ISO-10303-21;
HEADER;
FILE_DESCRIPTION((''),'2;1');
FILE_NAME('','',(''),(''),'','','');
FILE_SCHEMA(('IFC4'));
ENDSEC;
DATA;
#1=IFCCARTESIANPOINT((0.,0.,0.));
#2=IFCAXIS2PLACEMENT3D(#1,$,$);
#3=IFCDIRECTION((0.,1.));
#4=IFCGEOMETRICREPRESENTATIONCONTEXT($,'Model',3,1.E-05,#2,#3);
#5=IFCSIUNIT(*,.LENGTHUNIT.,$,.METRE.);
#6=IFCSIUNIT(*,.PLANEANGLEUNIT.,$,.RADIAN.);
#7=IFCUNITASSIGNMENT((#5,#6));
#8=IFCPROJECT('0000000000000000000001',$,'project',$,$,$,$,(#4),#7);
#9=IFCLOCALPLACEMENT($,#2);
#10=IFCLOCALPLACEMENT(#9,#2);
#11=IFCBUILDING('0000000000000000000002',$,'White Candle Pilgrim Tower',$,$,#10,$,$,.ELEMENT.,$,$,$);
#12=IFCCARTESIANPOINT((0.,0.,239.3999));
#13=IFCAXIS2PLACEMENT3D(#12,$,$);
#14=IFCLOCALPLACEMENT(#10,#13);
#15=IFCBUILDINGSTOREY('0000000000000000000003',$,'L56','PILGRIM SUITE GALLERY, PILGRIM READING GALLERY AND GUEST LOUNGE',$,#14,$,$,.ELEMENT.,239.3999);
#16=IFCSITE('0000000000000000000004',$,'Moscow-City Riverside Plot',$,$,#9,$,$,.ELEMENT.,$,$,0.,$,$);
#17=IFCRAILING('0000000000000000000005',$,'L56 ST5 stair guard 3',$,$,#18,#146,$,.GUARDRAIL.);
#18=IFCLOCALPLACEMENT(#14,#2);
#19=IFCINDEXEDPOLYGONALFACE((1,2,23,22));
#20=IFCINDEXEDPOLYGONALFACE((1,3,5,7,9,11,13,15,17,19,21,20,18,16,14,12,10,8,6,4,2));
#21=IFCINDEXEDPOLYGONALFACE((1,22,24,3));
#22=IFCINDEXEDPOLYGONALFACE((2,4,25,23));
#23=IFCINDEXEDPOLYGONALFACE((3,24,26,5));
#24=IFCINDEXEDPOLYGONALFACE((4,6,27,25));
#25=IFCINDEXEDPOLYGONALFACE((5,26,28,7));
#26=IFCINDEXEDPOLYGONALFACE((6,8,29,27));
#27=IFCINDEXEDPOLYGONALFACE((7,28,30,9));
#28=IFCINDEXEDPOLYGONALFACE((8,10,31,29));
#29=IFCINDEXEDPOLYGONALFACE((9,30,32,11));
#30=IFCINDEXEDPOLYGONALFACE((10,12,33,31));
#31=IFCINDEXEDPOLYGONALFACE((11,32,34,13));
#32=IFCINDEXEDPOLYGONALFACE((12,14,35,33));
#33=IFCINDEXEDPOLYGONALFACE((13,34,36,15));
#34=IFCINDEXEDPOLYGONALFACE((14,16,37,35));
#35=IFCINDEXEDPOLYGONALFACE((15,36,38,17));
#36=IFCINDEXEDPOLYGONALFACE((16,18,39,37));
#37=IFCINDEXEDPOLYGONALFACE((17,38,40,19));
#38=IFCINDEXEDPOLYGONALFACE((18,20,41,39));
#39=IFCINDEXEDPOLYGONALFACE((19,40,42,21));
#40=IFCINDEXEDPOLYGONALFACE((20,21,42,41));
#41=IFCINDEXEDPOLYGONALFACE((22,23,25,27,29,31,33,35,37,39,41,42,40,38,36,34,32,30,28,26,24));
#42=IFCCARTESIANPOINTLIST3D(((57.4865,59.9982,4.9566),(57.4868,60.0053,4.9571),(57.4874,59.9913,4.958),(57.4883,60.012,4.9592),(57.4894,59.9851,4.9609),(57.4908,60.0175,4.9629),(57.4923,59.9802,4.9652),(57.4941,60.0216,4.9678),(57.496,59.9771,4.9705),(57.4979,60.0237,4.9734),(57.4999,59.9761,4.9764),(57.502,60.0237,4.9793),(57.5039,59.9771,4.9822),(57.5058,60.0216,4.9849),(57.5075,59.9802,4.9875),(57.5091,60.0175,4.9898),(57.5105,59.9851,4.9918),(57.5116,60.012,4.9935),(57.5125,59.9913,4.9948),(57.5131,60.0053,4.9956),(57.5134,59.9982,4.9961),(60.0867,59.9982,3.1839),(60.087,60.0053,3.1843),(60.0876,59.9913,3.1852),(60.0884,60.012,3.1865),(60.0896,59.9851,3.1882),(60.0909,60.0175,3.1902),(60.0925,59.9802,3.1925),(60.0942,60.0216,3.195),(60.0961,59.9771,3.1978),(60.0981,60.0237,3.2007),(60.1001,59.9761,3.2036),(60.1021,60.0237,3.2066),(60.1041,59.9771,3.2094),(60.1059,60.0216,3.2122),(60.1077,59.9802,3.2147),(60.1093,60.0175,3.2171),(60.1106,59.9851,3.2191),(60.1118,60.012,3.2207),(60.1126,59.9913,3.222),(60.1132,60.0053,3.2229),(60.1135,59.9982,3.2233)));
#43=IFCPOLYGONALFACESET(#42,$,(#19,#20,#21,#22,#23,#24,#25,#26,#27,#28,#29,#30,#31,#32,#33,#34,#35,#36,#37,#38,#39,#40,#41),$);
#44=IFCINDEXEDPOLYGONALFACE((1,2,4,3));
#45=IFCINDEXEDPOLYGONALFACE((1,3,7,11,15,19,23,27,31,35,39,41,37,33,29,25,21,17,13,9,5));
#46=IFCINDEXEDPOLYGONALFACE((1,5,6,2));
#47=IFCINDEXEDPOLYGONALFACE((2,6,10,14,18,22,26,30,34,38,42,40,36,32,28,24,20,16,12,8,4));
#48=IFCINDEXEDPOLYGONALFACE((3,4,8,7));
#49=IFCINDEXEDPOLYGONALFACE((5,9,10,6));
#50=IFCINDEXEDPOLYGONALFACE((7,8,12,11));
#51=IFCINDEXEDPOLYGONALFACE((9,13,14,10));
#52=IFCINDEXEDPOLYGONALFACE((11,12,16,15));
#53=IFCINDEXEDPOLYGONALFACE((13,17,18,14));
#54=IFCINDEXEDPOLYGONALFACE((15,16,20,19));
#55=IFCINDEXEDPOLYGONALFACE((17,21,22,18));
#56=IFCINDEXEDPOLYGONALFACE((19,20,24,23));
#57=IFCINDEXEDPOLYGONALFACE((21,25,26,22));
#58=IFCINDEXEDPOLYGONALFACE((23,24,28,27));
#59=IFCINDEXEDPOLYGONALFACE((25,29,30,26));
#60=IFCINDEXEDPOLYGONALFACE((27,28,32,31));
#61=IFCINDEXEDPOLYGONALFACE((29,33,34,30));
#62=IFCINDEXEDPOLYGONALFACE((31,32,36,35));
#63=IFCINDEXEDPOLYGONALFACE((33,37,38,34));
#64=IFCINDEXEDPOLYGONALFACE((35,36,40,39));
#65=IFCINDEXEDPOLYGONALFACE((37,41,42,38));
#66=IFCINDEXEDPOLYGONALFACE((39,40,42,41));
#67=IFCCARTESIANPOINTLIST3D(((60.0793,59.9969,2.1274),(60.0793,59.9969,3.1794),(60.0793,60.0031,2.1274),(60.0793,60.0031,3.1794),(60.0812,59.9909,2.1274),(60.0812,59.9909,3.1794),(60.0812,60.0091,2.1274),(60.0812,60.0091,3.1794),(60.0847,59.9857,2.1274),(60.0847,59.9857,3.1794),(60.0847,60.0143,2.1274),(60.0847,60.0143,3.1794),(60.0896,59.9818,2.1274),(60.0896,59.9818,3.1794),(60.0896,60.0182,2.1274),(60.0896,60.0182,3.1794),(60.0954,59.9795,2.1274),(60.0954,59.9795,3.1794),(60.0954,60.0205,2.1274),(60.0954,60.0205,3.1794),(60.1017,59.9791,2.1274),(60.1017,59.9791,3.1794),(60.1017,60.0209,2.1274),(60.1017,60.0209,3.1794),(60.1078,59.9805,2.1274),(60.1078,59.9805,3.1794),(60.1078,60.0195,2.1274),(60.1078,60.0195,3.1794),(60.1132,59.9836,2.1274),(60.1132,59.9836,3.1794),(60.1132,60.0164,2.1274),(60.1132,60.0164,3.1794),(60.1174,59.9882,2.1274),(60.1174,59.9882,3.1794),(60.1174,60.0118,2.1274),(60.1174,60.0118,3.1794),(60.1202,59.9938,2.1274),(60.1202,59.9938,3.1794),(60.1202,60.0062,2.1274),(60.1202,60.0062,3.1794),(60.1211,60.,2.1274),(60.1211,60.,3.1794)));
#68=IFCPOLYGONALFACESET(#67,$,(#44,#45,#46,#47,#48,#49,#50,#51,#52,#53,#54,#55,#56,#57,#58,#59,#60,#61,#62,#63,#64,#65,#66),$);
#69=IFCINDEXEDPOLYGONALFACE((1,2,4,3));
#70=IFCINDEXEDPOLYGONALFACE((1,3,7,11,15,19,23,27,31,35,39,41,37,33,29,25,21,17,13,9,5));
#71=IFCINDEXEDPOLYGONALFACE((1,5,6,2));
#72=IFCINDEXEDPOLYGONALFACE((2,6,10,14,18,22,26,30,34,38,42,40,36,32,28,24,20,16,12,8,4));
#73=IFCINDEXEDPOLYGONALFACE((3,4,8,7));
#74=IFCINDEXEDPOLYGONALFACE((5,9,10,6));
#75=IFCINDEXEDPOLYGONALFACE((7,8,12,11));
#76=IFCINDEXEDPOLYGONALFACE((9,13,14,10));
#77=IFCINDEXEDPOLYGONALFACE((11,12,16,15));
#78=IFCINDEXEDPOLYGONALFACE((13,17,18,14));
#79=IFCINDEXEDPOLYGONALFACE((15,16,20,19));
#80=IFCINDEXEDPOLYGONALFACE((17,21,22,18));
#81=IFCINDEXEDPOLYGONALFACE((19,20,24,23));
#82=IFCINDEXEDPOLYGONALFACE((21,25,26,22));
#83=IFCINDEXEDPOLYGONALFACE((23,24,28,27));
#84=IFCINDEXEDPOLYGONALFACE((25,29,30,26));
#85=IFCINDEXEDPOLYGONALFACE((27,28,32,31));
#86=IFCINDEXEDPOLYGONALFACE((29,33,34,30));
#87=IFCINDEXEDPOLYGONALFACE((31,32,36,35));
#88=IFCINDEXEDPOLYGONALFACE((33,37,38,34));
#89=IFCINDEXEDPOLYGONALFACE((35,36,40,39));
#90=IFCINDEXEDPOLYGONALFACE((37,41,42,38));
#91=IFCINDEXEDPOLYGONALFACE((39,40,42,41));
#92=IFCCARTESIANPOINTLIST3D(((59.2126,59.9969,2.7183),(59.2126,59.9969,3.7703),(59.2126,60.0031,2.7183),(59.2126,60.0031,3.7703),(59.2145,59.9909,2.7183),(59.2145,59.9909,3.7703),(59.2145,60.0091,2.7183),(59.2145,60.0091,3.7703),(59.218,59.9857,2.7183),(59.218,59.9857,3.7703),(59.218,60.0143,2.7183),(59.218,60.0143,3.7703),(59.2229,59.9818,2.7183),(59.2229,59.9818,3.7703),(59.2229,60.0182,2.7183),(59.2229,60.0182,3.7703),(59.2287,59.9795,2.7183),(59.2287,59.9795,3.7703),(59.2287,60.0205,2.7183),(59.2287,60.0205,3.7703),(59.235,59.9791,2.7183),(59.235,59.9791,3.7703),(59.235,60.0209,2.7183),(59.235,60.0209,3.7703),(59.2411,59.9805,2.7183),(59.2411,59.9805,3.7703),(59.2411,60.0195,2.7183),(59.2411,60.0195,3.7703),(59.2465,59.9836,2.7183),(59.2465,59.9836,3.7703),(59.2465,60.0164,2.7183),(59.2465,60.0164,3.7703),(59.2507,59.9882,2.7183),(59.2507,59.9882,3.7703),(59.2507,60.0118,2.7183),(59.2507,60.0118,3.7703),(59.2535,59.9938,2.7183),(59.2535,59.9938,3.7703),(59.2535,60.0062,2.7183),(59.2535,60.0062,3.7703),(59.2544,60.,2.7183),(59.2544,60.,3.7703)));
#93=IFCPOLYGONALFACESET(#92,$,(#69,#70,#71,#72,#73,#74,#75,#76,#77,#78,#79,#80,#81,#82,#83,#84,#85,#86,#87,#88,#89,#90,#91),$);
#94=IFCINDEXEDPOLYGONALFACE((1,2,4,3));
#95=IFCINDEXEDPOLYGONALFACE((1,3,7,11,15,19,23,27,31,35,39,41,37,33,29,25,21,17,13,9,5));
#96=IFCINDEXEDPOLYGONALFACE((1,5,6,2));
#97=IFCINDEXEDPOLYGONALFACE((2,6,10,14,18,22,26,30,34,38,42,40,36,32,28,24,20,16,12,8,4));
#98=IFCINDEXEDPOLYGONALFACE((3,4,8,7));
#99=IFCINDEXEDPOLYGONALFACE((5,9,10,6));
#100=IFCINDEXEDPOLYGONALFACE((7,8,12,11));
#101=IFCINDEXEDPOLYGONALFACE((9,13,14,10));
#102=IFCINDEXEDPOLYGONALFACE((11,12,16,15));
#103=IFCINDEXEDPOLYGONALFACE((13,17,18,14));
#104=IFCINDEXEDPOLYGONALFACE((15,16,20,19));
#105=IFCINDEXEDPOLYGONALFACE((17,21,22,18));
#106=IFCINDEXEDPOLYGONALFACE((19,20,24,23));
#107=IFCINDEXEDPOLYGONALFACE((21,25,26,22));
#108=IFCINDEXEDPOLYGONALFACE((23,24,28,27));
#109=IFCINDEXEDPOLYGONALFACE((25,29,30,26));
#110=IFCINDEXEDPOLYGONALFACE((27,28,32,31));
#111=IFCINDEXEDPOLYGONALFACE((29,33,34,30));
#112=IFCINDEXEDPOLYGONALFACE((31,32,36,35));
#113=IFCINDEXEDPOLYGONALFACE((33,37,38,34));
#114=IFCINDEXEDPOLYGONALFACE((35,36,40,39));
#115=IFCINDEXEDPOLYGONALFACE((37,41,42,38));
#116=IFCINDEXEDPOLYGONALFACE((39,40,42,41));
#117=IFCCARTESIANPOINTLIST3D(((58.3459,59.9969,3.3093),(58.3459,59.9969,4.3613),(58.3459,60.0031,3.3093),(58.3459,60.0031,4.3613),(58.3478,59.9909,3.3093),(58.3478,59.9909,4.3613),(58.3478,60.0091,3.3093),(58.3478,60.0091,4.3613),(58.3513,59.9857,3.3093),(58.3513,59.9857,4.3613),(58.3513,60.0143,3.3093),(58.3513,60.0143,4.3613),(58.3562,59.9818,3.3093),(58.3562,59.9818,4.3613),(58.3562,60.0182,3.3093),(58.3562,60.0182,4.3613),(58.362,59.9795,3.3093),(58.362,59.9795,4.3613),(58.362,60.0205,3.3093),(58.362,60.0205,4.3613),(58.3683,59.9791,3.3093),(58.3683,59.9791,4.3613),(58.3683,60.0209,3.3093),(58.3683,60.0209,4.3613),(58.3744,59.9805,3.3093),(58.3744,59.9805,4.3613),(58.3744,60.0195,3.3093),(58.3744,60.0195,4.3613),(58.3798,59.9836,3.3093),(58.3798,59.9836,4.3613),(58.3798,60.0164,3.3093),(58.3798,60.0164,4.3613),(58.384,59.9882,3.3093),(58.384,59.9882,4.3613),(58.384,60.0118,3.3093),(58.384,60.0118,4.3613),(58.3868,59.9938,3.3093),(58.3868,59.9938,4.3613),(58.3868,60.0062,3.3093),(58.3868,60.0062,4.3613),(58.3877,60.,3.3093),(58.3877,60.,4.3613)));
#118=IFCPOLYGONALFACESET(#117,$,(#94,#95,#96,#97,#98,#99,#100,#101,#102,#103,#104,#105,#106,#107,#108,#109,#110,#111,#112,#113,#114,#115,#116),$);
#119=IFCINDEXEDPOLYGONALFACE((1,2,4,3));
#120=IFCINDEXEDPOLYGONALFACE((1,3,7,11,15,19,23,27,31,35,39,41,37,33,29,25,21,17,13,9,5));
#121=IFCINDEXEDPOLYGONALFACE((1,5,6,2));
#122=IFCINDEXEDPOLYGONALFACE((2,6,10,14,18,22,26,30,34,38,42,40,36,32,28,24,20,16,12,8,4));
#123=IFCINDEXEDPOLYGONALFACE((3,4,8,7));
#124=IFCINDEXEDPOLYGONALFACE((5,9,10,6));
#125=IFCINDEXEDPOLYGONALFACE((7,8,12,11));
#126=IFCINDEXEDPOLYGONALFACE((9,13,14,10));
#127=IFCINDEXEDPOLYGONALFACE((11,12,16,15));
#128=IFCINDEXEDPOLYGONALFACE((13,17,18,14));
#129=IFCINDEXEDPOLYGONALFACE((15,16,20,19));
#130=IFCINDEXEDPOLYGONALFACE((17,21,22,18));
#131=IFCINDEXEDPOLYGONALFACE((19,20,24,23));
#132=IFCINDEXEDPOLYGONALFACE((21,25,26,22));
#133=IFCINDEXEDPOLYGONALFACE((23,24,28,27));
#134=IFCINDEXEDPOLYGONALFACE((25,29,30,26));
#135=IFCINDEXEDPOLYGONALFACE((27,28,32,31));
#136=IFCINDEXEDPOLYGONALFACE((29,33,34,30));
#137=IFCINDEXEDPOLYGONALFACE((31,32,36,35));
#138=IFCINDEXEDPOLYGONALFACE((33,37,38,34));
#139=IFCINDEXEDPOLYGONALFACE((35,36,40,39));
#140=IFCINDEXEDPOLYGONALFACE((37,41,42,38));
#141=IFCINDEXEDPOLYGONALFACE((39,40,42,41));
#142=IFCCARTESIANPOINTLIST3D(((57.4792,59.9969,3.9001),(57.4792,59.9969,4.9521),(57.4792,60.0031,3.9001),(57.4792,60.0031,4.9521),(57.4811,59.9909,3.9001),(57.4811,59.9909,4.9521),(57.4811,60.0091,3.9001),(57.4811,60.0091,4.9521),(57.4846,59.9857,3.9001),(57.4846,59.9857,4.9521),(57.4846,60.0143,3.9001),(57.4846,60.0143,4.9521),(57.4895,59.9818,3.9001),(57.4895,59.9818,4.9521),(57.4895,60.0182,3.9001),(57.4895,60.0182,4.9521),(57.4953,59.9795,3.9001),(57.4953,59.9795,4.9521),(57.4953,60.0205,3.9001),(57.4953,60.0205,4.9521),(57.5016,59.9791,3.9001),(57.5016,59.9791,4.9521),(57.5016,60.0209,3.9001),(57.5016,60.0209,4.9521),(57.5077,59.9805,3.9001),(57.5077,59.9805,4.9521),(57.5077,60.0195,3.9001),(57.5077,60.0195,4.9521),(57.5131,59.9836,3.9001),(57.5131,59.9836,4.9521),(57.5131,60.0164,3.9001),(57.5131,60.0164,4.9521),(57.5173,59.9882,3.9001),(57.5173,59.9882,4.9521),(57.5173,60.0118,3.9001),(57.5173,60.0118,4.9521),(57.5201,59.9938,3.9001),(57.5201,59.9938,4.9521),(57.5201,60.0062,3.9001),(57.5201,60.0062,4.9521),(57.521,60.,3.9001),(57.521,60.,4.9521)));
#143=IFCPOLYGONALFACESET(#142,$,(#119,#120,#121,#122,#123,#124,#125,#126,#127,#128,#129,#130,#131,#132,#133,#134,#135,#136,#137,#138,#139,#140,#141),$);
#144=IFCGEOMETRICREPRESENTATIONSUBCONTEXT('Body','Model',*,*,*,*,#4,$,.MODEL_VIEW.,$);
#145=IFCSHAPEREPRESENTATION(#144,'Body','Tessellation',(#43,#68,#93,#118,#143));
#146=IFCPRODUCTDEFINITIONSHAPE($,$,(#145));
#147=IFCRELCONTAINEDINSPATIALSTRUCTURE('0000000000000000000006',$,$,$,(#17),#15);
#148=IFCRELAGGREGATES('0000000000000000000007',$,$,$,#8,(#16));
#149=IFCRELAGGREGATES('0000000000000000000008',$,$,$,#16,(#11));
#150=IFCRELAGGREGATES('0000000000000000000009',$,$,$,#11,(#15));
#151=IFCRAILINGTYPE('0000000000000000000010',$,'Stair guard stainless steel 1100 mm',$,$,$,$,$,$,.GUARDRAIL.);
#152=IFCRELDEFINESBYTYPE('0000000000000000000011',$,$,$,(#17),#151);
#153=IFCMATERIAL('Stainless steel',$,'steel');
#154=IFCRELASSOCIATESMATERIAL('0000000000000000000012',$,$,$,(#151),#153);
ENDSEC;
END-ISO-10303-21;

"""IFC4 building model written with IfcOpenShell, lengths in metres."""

from ifc_helpers import new_model, si_unit, direction, frame, origin, origin_2d, place, context, subcontext, project, spatial, circle, extrude, material, type_object, element, save


model = new_model("IFC4")

# Units and contexts
model_context = context("Model", 3, precision=1e-05, world=origin(), true_north=direction((0.0, 1.0)))
body_context = subcontext(model_context, "Body", "Model", "MODEL_VIEW")
ifc_project = project(units=[si_unit("LENGTHUNIT", "METRE"), si_unit("PLANEANGLEUNIT", "RADIAN")], contexts=[model_context])

# Site, building, storey
site_placement = place(None, origin())
site = spatial("IfcSite", under=ifc_project, at=site_placement, Name="Moscow-City Riverside Plot", CompositionType="ELEMENT", RefElevation=0.0)
building_placement = place(site_placement, origin())
building = spatial("IfcBuilding", under=site, at=building_placement, Name="White Candle Pilgrim Tower", CompositionType="ELEMENT")
storey_placement = place(building_placement, frame((0.0, 0.0, 239.3999)))
storey = spatial("IfcBuildingStorey", under=building, at=storey_placement, Name="L56", Description="PILGRIM SUITE GALLERY, PILGRIM READING GALLERY AND GUEST LOUNGE", CompositionType="ELEMENT", Elevation=239.3999)

# Railing
ifc_material_1 = material(Name="Stainless steel", Category="steel")
railing_type_1 = type_object("IfcRailingType", Name="Stair guard stainless steel 1100 mm", PredefinedType="GUARDRAIL", material=ifc_material_1)
railing_1_placement = place(storey_placement, frame((60.1001, 60.0, 2.1274)))
element("IfcRailing", 1, at=railing_1_placement, inside=storey, type_object=railing_type_1, Name="L56 ST5 stair guard 3", PredefinedType="GUARDRAIL", context=body_context, shape_type="SweptSolid", body=[
    extrude(circle(Radius=0.0239, at=origin_2d()), frame((0.0, 0.0, 1.0762), z_axis=(-0.82624, 0.0, 0.563318), x_axis=(0.0, -1.0, 0.0)), (0.0, 0.0, 1.0), 3.147),
    extrude(circle(Radius=0.021, at=origin_2d()), origin(), (0.0, 0.0, 1.0), 1.052),
    extrude(circle(Radius=0.021, at=origin_2d()), frame((-0.8667, 0.0, 0.5908)), (0.0, 0.0, 1.0), 1.052),
    extrude(circle(Radius=0.021, at=origin_2d()), frame((-1.7334, 0.0, 1.1819)), (0.0, 0.0, 1.0), 1.052),
    extrude(circle(Radius=0.021, at=origin_2d()), frame((-2.6001, 0.0, 1.7727)), (0.0, 0.0, 1.0), 1.052),
])

save(model, "model.ifc")
